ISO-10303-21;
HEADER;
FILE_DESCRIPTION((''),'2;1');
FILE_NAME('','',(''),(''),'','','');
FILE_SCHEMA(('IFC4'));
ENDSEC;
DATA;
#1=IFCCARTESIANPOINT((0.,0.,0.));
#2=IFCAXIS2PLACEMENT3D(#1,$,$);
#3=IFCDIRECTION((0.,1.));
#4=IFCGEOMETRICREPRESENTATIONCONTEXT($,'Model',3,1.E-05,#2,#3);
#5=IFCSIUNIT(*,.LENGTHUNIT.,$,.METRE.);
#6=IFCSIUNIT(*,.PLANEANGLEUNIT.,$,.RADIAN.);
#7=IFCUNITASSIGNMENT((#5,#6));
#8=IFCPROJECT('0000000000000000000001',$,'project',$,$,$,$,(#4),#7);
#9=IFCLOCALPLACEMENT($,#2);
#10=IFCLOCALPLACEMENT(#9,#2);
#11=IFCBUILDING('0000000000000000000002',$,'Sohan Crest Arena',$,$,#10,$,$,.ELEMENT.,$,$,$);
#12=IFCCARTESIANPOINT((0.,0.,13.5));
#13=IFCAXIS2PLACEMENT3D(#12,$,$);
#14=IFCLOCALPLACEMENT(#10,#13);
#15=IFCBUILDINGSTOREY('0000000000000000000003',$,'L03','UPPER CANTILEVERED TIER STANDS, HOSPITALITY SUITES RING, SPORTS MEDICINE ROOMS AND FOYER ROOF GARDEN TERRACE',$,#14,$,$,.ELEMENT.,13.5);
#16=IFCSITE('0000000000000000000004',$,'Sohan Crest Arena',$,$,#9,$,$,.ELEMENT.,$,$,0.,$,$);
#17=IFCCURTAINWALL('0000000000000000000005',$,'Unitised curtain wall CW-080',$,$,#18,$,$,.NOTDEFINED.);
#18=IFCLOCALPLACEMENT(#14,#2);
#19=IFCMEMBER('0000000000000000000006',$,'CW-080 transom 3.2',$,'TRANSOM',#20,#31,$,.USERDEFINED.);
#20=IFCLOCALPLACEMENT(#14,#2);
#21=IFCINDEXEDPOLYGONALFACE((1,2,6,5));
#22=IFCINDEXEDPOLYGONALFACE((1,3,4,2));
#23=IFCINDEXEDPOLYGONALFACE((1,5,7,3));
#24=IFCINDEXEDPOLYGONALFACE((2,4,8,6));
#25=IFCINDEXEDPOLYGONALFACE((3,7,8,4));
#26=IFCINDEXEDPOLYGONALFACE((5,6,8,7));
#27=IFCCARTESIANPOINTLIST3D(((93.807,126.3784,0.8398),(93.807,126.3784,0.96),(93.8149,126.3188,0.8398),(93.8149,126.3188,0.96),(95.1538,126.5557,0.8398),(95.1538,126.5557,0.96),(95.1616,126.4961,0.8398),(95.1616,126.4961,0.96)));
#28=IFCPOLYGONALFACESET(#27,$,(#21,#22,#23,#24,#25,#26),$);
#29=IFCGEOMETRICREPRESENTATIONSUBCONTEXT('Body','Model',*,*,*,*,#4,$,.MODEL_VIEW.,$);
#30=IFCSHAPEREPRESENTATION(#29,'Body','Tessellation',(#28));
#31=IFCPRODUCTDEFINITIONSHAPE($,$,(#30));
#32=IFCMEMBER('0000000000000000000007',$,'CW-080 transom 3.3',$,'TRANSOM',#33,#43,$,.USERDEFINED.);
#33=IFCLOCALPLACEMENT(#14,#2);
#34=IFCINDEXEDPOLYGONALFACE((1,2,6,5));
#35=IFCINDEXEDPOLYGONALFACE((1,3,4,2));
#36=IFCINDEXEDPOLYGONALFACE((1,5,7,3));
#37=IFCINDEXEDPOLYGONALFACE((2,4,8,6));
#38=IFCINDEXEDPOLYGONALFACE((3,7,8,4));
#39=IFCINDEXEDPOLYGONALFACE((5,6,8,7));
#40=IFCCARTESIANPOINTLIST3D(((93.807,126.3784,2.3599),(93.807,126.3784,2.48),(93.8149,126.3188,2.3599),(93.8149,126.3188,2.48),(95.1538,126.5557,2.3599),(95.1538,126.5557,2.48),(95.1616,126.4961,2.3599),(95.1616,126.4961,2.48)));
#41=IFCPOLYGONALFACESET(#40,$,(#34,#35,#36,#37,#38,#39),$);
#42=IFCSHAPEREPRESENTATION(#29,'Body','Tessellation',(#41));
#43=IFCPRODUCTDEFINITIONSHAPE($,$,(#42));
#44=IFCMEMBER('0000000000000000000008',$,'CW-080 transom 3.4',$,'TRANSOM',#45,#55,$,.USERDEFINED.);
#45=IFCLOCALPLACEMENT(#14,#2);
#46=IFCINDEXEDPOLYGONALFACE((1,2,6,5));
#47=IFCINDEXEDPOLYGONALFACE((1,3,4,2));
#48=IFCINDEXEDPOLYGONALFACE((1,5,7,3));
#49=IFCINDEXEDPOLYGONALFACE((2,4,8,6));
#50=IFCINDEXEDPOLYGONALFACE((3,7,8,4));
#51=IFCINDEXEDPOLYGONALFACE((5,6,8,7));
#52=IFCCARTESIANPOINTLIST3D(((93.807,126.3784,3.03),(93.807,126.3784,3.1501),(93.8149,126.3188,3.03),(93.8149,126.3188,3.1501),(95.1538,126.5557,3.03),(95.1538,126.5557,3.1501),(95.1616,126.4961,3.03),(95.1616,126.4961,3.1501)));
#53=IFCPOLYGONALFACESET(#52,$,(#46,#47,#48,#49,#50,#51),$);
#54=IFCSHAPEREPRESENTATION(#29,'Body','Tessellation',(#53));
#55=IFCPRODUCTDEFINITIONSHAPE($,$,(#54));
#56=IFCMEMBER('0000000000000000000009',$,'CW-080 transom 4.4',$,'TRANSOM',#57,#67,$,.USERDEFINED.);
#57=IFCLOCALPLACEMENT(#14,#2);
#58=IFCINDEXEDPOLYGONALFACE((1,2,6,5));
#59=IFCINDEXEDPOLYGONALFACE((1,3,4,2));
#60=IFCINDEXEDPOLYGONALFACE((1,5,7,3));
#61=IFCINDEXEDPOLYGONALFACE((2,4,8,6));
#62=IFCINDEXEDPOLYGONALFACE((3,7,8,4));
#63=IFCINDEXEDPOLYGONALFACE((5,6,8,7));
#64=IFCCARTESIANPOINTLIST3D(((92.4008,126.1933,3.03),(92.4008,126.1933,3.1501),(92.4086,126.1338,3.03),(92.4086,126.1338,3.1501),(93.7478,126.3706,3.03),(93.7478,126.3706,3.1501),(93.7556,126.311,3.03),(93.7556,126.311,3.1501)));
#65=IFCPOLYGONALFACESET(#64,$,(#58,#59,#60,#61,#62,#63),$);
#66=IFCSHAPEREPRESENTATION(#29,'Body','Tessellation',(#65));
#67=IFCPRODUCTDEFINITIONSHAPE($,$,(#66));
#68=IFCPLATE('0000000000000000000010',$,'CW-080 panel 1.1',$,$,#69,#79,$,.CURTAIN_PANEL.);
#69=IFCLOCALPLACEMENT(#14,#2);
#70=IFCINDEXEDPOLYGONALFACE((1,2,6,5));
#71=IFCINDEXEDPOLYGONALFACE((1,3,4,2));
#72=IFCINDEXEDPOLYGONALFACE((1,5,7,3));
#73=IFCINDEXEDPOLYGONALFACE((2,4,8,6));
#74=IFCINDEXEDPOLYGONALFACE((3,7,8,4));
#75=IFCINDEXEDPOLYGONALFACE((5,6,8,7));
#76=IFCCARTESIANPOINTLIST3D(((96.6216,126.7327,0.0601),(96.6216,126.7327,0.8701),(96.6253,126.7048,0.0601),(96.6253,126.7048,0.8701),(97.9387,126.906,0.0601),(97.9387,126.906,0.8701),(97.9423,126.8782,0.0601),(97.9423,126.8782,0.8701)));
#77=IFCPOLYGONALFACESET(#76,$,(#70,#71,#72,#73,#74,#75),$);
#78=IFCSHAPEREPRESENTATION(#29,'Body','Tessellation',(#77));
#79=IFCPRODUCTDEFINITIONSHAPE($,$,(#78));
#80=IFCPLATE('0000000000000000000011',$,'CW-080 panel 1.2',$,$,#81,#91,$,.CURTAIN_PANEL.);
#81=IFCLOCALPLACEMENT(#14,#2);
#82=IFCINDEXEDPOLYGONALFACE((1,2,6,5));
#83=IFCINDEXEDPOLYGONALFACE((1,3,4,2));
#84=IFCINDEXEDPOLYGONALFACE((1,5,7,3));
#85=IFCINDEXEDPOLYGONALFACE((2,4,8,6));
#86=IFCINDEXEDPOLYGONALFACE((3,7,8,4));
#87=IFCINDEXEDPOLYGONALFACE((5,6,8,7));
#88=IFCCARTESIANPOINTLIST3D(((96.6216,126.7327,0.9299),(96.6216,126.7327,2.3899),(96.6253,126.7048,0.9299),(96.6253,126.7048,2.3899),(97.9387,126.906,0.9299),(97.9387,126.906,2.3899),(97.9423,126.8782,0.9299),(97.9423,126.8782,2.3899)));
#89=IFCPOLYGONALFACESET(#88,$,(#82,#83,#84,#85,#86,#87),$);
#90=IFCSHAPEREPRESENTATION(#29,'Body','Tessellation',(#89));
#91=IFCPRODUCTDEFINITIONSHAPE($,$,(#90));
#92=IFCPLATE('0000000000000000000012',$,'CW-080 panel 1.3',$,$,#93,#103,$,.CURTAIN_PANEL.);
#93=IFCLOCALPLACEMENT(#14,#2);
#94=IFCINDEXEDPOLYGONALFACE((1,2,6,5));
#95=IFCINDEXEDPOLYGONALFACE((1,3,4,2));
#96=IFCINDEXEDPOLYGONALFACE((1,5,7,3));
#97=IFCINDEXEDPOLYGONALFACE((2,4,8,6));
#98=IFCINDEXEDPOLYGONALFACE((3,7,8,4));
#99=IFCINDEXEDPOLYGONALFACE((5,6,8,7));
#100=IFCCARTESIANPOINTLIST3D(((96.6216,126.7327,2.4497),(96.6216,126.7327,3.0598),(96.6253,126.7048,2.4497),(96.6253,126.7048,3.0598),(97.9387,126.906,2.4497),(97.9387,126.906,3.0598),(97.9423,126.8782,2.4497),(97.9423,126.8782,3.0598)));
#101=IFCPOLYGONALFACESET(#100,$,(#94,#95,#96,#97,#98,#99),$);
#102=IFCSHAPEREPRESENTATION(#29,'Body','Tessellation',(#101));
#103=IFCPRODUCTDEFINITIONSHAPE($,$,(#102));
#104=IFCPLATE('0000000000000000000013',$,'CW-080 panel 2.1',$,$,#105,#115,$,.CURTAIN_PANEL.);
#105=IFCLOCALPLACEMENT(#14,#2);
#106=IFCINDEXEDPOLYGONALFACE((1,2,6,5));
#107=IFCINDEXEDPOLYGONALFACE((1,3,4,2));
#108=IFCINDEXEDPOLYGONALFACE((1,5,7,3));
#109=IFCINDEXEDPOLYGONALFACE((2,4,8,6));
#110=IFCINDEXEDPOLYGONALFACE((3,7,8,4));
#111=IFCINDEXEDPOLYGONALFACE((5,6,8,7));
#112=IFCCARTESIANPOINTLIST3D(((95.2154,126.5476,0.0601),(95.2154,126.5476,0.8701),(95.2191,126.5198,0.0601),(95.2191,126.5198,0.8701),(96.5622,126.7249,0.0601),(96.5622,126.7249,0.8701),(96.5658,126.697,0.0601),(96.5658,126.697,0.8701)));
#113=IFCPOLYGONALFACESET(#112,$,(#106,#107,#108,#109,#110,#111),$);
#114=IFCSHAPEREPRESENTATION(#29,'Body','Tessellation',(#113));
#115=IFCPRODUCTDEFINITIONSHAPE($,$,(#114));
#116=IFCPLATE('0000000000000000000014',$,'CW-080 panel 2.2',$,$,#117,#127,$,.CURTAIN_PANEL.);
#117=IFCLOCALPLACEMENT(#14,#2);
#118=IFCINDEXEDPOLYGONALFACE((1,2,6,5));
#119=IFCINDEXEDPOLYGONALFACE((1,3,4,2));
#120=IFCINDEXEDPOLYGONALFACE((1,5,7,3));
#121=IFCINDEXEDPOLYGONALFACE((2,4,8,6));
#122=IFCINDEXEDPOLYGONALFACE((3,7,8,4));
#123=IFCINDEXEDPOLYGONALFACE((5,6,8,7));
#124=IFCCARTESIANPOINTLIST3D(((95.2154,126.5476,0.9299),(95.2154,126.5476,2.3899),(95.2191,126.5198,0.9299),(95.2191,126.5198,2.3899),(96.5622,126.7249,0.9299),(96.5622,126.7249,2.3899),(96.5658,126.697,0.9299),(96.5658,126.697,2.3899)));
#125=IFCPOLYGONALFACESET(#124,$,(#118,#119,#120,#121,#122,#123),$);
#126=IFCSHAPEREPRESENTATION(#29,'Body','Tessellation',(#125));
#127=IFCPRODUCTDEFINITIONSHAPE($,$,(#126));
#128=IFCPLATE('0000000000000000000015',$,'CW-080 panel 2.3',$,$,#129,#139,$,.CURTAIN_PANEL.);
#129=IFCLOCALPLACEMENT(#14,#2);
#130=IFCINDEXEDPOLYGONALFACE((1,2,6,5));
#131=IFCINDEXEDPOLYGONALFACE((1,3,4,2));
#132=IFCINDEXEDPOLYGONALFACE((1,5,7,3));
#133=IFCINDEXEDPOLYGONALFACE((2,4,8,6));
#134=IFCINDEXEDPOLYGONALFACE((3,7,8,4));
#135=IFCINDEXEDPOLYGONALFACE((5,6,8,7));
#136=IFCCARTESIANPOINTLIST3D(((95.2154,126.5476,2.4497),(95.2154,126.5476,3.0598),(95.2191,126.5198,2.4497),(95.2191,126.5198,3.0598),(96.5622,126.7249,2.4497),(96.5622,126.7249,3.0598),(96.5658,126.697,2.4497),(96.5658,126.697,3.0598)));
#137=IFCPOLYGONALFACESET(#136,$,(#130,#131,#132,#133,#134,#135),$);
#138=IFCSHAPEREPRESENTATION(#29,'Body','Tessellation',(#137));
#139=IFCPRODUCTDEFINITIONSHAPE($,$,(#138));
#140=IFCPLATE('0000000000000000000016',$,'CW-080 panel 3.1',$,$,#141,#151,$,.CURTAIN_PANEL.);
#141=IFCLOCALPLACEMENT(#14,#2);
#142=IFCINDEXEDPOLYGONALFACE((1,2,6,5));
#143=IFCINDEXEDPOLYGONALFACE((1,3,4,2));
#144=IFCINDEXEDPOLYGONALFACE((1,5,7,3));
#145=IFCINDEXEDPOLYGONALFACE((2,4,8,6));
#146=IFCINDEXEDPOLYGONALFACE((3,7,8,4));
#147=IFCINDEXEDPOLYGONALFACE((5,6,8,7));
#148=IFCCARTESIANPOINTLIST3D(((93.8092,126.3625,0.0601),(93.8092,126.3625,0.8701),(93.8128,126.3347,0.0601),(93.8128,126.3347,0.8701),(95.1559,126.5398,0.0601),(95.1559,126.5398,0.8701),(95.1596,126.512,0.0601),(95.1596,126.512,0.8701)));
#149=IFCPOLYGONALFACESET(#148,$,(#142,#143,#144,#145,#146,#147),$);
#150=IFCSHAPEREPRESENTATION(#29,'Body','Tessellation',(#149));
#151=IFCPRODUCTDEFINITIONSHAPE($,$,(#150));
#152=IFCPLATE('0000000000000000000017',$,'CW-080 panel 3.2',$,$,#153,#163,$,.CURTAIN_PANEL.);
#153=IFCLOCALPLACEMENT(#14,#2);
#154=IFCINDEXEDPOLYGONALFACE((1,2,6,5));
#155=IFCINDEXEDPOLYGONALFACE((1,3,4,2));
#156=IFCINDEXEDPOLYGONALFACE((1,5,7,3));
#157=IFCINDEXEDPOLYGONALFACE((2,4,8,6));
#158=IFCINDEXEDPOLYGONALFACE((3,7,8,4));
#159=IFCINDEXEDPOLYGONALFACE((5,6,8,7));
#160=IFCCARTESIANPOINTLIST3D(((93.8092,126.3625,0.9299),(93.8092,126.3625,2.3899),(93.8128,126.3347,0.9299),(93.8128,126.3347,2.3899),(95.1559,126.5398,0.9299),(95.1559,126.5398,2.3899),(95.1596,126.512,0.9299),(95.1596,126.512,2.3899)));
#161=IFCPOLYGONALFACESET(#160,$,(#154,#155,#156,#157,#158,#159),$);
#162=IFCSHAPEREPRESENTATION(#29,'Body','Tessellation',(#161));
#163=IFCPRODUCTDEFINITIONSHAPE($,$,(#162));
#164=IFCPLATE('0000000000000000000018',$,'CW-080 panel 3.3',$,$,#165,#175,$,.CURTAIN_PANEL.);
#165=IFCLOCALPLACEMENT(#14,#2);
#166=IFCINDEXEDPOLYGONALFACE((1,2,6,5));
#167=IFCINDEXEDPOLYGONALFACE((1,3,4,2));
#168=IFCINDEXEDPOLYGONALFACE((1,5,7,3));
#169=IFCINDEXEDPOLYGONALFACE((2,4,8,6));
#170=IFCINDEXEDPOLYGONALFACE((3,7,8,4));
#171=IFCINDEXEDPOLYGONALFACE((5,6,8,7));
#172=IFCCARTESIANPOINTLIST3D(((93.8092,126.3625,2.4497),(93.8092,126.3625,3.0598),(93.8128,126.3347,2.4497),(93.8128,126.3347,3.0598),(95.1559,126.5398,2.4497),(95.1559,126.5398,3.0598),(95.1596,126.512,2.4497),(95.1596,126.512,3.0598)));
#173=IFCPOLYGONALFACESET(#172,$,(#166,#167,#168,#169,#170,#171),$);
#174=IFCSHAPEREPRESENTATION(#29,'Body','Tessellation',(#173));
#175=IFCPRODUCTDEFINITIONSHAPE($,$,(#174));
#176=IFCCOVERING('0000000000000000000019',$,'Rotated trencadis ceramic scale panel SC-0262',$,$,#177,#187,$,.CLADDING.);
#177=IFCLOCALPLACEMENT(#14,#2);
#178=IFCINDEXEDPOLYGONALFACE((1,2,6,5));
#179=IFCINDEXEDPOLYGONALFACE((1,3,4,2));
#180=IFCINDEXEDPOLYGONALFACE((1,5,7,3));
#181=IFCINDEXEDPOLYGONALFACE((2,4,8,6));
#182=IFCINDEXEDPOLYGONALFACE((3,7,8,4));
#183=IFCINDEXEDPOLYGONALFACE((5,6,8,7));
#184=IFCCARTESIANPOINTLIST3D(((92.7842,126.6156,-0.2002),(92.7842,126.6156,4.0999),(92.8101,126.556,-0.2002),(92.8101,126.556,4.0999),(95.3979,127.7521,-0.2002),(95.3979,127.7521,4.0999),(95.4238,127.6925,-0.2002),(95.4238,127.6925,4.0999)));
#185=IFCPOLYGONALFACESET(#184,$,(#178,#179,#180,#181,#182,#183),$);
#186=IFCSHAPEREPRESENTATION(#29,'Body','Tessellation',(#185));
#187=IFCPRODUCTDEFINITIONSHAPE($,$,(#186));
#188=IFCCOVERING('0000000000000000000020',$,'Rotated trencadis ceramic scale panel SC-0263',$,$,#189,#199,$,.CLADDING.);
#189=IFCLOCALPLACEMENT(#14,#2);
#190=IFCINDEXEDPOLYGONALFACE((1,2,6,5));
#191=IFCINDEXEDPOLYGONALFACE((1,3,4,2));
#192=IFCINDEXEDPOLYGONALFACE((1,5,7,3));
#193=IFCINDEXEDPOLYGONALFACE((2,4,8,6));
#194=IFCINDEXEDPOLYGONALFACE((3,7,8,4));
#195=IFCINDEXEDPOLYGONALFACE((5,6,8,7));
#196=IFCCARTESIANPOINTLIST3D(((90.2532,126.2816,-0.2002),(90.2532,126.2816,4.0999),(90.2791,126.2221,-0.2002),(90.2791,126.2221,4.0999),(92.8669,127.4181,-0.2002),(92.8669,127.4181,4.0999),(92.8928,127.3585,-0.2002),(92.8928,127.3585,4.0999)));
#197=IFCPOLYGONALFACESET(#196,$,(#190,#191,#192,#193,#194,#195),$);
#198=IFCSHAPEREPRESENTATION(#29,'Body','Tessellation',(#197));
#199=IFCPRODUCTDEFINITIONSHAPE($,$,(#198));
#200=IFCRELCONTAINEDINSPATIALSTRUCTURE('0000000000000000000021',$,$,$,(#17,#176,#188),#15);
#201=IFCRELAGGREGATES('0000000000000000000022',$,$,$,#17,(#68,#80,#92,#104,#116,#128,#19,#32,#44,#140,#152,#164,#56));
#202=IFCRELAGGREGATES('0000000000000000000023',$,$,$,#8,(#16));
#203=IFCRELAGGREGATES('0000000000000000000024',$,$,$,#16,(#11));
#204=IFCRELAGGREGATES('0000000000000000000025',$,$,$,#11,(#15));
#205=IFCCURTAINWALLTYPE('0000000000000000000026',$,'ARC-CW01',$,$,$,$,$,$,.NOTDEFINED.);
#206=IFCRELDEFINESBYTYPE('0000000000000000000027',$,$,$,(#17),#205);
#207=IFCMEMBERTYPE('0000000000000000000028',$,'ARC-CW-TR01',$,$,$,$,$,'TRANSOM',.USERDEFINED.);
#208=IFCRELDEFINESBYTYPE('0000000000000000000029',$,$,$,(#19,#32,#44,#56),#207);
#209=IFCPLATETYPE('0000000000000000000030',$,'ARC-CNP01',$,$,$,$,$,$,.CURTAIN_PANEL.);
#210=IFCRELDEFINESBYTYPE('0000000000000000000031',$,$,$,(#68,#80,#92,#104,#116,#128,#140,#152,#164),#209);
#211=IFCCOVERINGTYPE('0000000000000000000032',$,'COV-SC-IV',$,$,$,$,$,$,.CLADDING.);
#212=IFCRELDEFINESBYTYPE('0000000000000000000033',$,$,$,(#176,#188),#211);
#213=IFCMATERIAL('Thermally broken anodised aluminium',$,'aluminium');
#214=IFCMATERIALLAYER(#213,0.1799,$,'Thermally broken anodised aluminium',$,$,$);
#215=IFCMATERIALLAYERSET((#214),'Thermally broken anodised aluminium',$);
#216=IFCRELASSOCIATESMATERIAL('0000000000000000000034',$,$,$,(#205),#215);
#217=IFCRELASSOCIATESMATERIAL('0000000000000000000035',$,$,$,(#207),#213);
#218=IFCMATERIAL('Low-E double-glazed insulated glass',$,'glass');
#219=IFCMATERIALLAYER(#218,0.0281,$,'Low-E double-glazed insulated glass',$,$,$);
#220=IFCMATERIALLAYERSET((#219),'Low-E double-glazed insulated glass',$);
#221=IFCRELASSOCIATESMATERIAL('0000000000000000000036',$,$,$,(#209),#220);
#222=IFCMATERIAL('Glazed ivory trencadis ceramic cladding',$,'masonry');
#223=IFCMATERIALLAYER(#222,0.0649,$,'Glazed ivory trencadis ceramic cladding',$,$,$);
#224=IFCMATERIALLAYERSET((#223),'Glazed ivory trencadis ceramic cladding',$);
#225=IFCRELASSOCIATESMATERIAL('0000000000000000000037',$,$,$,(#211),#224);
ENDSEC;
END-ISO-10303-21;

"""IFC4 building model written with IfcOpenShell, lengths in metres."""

from ifc_helpers import new_model, si_unit, direction, frame, origin, origin_2d, place, context, subcontext, project, spatial, rectangle, extrude, material, layer, layer_set, material_profile, profile_set, type_object, element, aggregate, save


model = new_model("IFC4")

# Units and contexts
model_context = context("Model", 3, precision=1e-05, world=origin(), true_north=direction((0.0, 1.0)))
body_context = subcontext(model_context, "Body", "Model", "MODEL_VIEW")
ifc_project = project(units=[si_unit("LENGTHUNIT", "METRE"), si_unit("PLANEANGLEUNIT", "RADIAN")], contexts=[model_context])

# Site, building, storey
site_placement = place(None, origin())
site = spatial("IfcSite", under=ifc_project, at=site_placement, Name="Sohan Crest Arena", CompositionType="ELEMENT", RefElevation=0.0)
building_placement = place(site_placement, origin())
building = spatial("IfcBuilding", under=site, at=building_placement, Name="Sohan Crest Arena", CompositionType="ELEMENT")
storey_placement = place(building_placement, frame((0.0, 0.0, 13.5)))
storey = spatial("IfcBuildingStorey", under=building, at=storey_placement, Name="L03", Description="UPPER CANTILEVERED TIER STANDS, HOSPITALITY SUITES RING, SPORTS MEDICINE ROOMS AND FOYER ROOF GARDEN TERRACE", CompositionType="ELEMENT", Elevation=13.5)

# Curtain wall
ifc_material_1 = material(Name="Thermally broken anodised aluminium", Category="aluminium")
ifc_layer_1 = layer(ifc_material_1, 0.1799, Name="Thermally broken anodised aluminium")
ifc_layer_set_1 = layer_set([ifc_layer_1], Name="Thermally broken anodised aluminium")
curtain_wall_type_1 = type_object("IfcCurtainWallType", Name="ARC-CW01", PredefinedType="NOTDEFINED", material=ifc_layer_set_1)
curtain_wall_1_placement = place(storey_placement, origin())
curtain_wall_1 = element("IfcCurtainWall", 1, at=curtain_wall_1_placement, inside=storey, type_object=curtain_wall_type_1, Name="Unitised curtain wall CW-080", PredefinedType="NOTDEFINED")

# Members
ifc_material_profile_1 = material_profile(ifc_material_1, rectangle(XDim=0.0601, YDim=0.1201, at=origin_2d()), Name="ALU-TRAN 60x120")
ifc_profile_set_1 = profile_set([ifc_material_profile_1], Name="Thermally broken anodised aluminium")
member_type_1 = type_object("IfcMemberType", Name="ARC-CW-TR01", ElementType="TRANSOM", PredefinedType="USERDEFINED", material=ifc_profile_set_1)
member_1_placement = place(storey_placement, frame((95.1577, 126.5259, 0.8999), z_axis=(-0.991449, -0.130492, 0.0), x_axis=(0.130492, -0.991449, 0.0)))
member_1 = element("IfcMember", 2, at=member_1_placement, type_object=member_type_1, Name="CW-080 transom 3.2", ObjectType="TRANSOM", PredefinedType="USERDEFINED", context=body_context, shape_type="SweptSolid", body=[
    extrude(rectangle(XDim=0.0601, YDim=0.1201, at=origin_2d()), origin(), (0.0, 0.0, 1.0), 1.3584),
])
member_2_placement = place(storey_placement, frame((95.1577, 126.5259, 2.4199), z_axis=(-0.991449, -0.130492, 0.0), x_axis=(0.130492, -0.991449, 0.0)))
member_2 = element("IfcMember", 3, at=member_2_placement, type_object=member_type_1, Name="CW-080 transom 3.3", ObjectType="TRANSOM", PredefinedType="USERDEFINED", context=body_context, shape_type="SweptSolid", body=[
    extrude(rectangle(XDim=0.0601, YDim=0.1201, at=origin_2d()), origin(), (0.0, 0.0, 1.0), 1.3584),
])
member_3_placement = place(storey_placement, frame((95.1577, 126.5259, 3.0901), z_axis=(-0.991449, -0.130492, 0.0), x_axis=(0.130492, -0.991449, 0.0)))
member_3 = element("IfcMember", 4, at=member_3_placement, type_object=member_type_1, Name="CW-080 transom 3.4", ObjectType="TRANSOM", PredefinedType="USERDEFINED", context=body_context, shape_type="SweptSolid", body=[
    extrude(rectangle(XDim=0.0601, YDim=0.1201, at=origin_2d()), origin(), (0.0, 0.0, 1.0), 1.3584),
])
member_4_placement = place(storey_placement, frame((93.7517, 126.3408, 3.0901), z_axis=(-0.991452, -0.130468, 0.0), x_axis=(0.130468, -0.991452, 0.0)))
member_4 = element("IfcMember", 5, at=member_4_placement, type_object=member_type_1, Name="CW-080 transom 4.4", ObjectType="TRANSOM", PredefinedType="USERDEFINED", context=body_context, shape_type="SweptSolid", body=[
    extrude(rectangle(XDim=0.0601, YDim=0.1201, at=origin_2d()), origin(), (0.0, 0.0, 1.0), 1.3586),
])

# Plates
ifc_material_2 = material(Name="Low-E double-glazed insulated glass", Category="glass")
ifc_layer_2 = layer(ifc_material_2, 0.0281, Name="Low-E double-glazed insulated glass")
ifc_layer_set_2 = layer_set([ifc_layer_2], Name="Low-E double-glazed insulated glass")
plate_type = type_object("IfcPlateType", Name="ARC-CNP01", PredefinedType="CURTAIN_PANEL", material=ifc_layer_set_2)
plate_1_placement = place(storey_placement, frame((97.282, 126.8054, 0.0601), z_axis=(0.0, 0.0, 1.0), x_axis=(-0.991447, -0.130511, 0.0)))
plate_1 = element("IfcPlate", 6, at=plate_1_placement, type_object=plate_type, Name="CW-080 panel 1.1", PredefinedType="CURTAIN_PANEL", context=body_context, shape_type="SweptSolid", body=[
    extrude(rectangle(XDim=1.3284, YDim=0.0281, at=origin_2d()), origin(), (0.0, 0.0, 1.0), 0.8101),
])
plate_2_placement = place(storey_placement, frame((97.282, 126.8054, 0.9299), z_axis=(0.0, 0.0, 1.0), x_axis=(-0.991447, -0.130511, 0.0)))
plate_2 = element("IfcPlate", 7, at=plate_2_placement, type_object=plate_type, Name="CW-080 panel 1.2", PredefinedType="CURTAIN_PANEL", context=body_context, shape_type="SweptSolid", body=[
    extrude(rectangle(XDim=1.3284, YDim=0.0281, at=origin_2d()), origin(), (0.0, 0.0, 1.0), 1.46),
])
plate_3_placement = place(storey_placement, frame((97.282, 126.8054, 2.4497), z_axis=(0.0, 0.0, 1.0), x_axis=(-0.991447, -0.130511, 0.0)))
plate_3 = element("IfcPlate", 8, at=plate_3_placement, type_object=plate_type, Name="CW-080 panel 1.3", PredefinedType="CURTAIN_PANEL", context=body_context, shape_type="SweptSolid", body=[
    extrude(rectangle(XDim=1.3284, YDim=0.0281, at=origin_2d()), origin(), (0.0, 0.0, 1.0), 0.6101),
])
plate_4_placement = place(storey_placement, frame((95.8906, 126.6223, 0.0601), z_axis=(0.0, 0.0, 1.0), x_axis=(-0.991447, -0.130511, 0.0)))
plate_4 = element("IfcPlate", 9, at=plate_4_placement, type_object=plate_type, Name="CW-080 panel 2.1", PredefinedType="CURTAIN_PANEL", context=body_context, shape_type="SweptSolid", body=[
    extrude(rectangle(XDim=1.3584, YDim=0.0281, at=origin_2d()), origin(), (0.0, 0.0, 1.0), 0.8101),
])
plate_5_placement = place(storey_placement, frame((95.8906, 126.6223, 0.9299), z_axis=(0.0, 0.0, 1.0), x_axis=(-0.991447, -0.130511, 0.0)))
plate_5 = element("IfcPlate", 10, at=plate_5_placement, type_object=plate_type, Name="CW-080 panel 2.2", PredefinedType="CURTAIN_PANEL", context=body_context, shape_type="SweptSolid", body=[
    extrude(rectangle(XDim=1.3584, YDim=0.0281, at=origin_2d()), origin(), (0.0, 0.0, 1.0), 1.46),
])
plate_6_placement = place(storey_placement, frame((95.8906, 126.6223, 2.4497), z_axis=(0.0, 0.0, 1.0), x_axis=(-0.991447, -0.130511, 0.0)))
plate_6 = element("IfcPlate", 11, at=plate_6_placement, type_object=plate_type, Name="CW-080 panel 2.3", PredefinedType="CURTAIN_PANEL", context=body_context, shape_type="SweptSolid", body=[
    extrude(rectangle(XDim=1.3584, YDim=0.0281, at=origin_2d()), origin(), (0.0, 0.0, 1.0), 0.6101),
])
plate_7_placement = place(storey_placement, frame((94.4844, 126.4373, 0.0601), z_axis=(0.0, 0.0, 1.0), x_axis=(-0.991447, -0.130511, 0.0)))
plate_7 = element("IfcPlate", 12, at=plate_7_placement, type_object=plate_type, Name="CW-080 panel 3.1", PredefinedType="CURTAIN_PANEL", context=body_context, shape_type="SweptSolid", body=[
    extrude(rectangle(XDim=1.3584, YDim=0.0281, at=origin_2d()), origin(), (0.0, 0.0, 1.0), 0.8101),
])
plate_8_placement = place(storey_placement, frame((94.4844, 126.4373, 0.9299), z_axis=(0.0, 0.0, 1.0), x_axis=(-0.991447, -0.130511, 0.0)))
plate_8 = element("IfcPlate", 13, at=plate_8_placement, type_object=plate_type, Name="CW-080 panel 3.2", PredefinedType="CURTAIN_PANEL", context=body_context, shape_type="SweptSolid", body=[
    extrude(rectangle(XDim=1.3584, YDim=0.0281, at=origin_2d()), origin(), (0.0, 0.0, 1.0), 1.46),
])
plate_9_placement = place(storey_placement, frame((94.4844, 126.4373, 2.4497), z_axis=(0.0, 0.0, 1.0), x_axis=(-0.991447, -0.130511, 0.0)))
plate_9 = element("IfcPlate", 14, at=plate_9_placement, type_object=plate_type, Name="CW-080 panel 3.3", PredefinedType="CURTAIN_PANEL", context=body_context, shape_type="SweptSolid", body=[
    extrude(rectangle(XDim=1.3584, YDim=0.0281, at=origin_2d()), origin(), (0.0, 0.0, 1.0), 0.6101),
])
aggregate(curtain_wall_1, [plate_1, plate_2, plate_3, plate_4, plate_5, plate_6, member_1, member_2, member_3, plate_7, plate_8, plate_9, member_4])

# Coverings
ifc_material_3 = material(Name="Glazed ivory trencadis ceramic cladding", Category="masonry")
ifc_layer_3 = layer(ifc_material_3, 0.0649, Name="Glazed ivory trencadis ceramic cladding")
ifc_layer_set_3 = layer_set([ifc_layer_3], Name="Glazed ivory trencadis ceramic cladding")
covering_type_1 = type_object("IfcCoveringType", Name="COV-SC-IV", PredefinedType="CLADDING", material=ifc_layer_set_3)
for number, where, z_axis, x_axis, name in (
    (15, (94.104, 127.1541, -0.2002), (0.0, 0.0, 1.0), (-0.91706, -0.398749, 0.0), "Rotated trencadis ceramic scale panel SC-0262"),
    (16, (91.573, 126.8201, -0.2002), (0.0, 0.0, 1.0), (-0.91706, -0.398749, 0.0), "Rotated trencadis ceramic scale panel SC-0263"),
):
    element("IfcCovering", number, at=place(storey_placement, frame(where, z_axis=z_axis, x_axis=x_axis)), inside=storey, type_object=covering_type_1, Name=name, PredefinedType="CLADDING", context=body_context, shape_type="SweptSolid", body=[
        extrude(rectangle(XDim=2.8501, YDim=0.0649, at=origin_2d()), origin(), (0.0, 0.0, 1.0), 4.3),
    ])

save(model, "model.ifc")
